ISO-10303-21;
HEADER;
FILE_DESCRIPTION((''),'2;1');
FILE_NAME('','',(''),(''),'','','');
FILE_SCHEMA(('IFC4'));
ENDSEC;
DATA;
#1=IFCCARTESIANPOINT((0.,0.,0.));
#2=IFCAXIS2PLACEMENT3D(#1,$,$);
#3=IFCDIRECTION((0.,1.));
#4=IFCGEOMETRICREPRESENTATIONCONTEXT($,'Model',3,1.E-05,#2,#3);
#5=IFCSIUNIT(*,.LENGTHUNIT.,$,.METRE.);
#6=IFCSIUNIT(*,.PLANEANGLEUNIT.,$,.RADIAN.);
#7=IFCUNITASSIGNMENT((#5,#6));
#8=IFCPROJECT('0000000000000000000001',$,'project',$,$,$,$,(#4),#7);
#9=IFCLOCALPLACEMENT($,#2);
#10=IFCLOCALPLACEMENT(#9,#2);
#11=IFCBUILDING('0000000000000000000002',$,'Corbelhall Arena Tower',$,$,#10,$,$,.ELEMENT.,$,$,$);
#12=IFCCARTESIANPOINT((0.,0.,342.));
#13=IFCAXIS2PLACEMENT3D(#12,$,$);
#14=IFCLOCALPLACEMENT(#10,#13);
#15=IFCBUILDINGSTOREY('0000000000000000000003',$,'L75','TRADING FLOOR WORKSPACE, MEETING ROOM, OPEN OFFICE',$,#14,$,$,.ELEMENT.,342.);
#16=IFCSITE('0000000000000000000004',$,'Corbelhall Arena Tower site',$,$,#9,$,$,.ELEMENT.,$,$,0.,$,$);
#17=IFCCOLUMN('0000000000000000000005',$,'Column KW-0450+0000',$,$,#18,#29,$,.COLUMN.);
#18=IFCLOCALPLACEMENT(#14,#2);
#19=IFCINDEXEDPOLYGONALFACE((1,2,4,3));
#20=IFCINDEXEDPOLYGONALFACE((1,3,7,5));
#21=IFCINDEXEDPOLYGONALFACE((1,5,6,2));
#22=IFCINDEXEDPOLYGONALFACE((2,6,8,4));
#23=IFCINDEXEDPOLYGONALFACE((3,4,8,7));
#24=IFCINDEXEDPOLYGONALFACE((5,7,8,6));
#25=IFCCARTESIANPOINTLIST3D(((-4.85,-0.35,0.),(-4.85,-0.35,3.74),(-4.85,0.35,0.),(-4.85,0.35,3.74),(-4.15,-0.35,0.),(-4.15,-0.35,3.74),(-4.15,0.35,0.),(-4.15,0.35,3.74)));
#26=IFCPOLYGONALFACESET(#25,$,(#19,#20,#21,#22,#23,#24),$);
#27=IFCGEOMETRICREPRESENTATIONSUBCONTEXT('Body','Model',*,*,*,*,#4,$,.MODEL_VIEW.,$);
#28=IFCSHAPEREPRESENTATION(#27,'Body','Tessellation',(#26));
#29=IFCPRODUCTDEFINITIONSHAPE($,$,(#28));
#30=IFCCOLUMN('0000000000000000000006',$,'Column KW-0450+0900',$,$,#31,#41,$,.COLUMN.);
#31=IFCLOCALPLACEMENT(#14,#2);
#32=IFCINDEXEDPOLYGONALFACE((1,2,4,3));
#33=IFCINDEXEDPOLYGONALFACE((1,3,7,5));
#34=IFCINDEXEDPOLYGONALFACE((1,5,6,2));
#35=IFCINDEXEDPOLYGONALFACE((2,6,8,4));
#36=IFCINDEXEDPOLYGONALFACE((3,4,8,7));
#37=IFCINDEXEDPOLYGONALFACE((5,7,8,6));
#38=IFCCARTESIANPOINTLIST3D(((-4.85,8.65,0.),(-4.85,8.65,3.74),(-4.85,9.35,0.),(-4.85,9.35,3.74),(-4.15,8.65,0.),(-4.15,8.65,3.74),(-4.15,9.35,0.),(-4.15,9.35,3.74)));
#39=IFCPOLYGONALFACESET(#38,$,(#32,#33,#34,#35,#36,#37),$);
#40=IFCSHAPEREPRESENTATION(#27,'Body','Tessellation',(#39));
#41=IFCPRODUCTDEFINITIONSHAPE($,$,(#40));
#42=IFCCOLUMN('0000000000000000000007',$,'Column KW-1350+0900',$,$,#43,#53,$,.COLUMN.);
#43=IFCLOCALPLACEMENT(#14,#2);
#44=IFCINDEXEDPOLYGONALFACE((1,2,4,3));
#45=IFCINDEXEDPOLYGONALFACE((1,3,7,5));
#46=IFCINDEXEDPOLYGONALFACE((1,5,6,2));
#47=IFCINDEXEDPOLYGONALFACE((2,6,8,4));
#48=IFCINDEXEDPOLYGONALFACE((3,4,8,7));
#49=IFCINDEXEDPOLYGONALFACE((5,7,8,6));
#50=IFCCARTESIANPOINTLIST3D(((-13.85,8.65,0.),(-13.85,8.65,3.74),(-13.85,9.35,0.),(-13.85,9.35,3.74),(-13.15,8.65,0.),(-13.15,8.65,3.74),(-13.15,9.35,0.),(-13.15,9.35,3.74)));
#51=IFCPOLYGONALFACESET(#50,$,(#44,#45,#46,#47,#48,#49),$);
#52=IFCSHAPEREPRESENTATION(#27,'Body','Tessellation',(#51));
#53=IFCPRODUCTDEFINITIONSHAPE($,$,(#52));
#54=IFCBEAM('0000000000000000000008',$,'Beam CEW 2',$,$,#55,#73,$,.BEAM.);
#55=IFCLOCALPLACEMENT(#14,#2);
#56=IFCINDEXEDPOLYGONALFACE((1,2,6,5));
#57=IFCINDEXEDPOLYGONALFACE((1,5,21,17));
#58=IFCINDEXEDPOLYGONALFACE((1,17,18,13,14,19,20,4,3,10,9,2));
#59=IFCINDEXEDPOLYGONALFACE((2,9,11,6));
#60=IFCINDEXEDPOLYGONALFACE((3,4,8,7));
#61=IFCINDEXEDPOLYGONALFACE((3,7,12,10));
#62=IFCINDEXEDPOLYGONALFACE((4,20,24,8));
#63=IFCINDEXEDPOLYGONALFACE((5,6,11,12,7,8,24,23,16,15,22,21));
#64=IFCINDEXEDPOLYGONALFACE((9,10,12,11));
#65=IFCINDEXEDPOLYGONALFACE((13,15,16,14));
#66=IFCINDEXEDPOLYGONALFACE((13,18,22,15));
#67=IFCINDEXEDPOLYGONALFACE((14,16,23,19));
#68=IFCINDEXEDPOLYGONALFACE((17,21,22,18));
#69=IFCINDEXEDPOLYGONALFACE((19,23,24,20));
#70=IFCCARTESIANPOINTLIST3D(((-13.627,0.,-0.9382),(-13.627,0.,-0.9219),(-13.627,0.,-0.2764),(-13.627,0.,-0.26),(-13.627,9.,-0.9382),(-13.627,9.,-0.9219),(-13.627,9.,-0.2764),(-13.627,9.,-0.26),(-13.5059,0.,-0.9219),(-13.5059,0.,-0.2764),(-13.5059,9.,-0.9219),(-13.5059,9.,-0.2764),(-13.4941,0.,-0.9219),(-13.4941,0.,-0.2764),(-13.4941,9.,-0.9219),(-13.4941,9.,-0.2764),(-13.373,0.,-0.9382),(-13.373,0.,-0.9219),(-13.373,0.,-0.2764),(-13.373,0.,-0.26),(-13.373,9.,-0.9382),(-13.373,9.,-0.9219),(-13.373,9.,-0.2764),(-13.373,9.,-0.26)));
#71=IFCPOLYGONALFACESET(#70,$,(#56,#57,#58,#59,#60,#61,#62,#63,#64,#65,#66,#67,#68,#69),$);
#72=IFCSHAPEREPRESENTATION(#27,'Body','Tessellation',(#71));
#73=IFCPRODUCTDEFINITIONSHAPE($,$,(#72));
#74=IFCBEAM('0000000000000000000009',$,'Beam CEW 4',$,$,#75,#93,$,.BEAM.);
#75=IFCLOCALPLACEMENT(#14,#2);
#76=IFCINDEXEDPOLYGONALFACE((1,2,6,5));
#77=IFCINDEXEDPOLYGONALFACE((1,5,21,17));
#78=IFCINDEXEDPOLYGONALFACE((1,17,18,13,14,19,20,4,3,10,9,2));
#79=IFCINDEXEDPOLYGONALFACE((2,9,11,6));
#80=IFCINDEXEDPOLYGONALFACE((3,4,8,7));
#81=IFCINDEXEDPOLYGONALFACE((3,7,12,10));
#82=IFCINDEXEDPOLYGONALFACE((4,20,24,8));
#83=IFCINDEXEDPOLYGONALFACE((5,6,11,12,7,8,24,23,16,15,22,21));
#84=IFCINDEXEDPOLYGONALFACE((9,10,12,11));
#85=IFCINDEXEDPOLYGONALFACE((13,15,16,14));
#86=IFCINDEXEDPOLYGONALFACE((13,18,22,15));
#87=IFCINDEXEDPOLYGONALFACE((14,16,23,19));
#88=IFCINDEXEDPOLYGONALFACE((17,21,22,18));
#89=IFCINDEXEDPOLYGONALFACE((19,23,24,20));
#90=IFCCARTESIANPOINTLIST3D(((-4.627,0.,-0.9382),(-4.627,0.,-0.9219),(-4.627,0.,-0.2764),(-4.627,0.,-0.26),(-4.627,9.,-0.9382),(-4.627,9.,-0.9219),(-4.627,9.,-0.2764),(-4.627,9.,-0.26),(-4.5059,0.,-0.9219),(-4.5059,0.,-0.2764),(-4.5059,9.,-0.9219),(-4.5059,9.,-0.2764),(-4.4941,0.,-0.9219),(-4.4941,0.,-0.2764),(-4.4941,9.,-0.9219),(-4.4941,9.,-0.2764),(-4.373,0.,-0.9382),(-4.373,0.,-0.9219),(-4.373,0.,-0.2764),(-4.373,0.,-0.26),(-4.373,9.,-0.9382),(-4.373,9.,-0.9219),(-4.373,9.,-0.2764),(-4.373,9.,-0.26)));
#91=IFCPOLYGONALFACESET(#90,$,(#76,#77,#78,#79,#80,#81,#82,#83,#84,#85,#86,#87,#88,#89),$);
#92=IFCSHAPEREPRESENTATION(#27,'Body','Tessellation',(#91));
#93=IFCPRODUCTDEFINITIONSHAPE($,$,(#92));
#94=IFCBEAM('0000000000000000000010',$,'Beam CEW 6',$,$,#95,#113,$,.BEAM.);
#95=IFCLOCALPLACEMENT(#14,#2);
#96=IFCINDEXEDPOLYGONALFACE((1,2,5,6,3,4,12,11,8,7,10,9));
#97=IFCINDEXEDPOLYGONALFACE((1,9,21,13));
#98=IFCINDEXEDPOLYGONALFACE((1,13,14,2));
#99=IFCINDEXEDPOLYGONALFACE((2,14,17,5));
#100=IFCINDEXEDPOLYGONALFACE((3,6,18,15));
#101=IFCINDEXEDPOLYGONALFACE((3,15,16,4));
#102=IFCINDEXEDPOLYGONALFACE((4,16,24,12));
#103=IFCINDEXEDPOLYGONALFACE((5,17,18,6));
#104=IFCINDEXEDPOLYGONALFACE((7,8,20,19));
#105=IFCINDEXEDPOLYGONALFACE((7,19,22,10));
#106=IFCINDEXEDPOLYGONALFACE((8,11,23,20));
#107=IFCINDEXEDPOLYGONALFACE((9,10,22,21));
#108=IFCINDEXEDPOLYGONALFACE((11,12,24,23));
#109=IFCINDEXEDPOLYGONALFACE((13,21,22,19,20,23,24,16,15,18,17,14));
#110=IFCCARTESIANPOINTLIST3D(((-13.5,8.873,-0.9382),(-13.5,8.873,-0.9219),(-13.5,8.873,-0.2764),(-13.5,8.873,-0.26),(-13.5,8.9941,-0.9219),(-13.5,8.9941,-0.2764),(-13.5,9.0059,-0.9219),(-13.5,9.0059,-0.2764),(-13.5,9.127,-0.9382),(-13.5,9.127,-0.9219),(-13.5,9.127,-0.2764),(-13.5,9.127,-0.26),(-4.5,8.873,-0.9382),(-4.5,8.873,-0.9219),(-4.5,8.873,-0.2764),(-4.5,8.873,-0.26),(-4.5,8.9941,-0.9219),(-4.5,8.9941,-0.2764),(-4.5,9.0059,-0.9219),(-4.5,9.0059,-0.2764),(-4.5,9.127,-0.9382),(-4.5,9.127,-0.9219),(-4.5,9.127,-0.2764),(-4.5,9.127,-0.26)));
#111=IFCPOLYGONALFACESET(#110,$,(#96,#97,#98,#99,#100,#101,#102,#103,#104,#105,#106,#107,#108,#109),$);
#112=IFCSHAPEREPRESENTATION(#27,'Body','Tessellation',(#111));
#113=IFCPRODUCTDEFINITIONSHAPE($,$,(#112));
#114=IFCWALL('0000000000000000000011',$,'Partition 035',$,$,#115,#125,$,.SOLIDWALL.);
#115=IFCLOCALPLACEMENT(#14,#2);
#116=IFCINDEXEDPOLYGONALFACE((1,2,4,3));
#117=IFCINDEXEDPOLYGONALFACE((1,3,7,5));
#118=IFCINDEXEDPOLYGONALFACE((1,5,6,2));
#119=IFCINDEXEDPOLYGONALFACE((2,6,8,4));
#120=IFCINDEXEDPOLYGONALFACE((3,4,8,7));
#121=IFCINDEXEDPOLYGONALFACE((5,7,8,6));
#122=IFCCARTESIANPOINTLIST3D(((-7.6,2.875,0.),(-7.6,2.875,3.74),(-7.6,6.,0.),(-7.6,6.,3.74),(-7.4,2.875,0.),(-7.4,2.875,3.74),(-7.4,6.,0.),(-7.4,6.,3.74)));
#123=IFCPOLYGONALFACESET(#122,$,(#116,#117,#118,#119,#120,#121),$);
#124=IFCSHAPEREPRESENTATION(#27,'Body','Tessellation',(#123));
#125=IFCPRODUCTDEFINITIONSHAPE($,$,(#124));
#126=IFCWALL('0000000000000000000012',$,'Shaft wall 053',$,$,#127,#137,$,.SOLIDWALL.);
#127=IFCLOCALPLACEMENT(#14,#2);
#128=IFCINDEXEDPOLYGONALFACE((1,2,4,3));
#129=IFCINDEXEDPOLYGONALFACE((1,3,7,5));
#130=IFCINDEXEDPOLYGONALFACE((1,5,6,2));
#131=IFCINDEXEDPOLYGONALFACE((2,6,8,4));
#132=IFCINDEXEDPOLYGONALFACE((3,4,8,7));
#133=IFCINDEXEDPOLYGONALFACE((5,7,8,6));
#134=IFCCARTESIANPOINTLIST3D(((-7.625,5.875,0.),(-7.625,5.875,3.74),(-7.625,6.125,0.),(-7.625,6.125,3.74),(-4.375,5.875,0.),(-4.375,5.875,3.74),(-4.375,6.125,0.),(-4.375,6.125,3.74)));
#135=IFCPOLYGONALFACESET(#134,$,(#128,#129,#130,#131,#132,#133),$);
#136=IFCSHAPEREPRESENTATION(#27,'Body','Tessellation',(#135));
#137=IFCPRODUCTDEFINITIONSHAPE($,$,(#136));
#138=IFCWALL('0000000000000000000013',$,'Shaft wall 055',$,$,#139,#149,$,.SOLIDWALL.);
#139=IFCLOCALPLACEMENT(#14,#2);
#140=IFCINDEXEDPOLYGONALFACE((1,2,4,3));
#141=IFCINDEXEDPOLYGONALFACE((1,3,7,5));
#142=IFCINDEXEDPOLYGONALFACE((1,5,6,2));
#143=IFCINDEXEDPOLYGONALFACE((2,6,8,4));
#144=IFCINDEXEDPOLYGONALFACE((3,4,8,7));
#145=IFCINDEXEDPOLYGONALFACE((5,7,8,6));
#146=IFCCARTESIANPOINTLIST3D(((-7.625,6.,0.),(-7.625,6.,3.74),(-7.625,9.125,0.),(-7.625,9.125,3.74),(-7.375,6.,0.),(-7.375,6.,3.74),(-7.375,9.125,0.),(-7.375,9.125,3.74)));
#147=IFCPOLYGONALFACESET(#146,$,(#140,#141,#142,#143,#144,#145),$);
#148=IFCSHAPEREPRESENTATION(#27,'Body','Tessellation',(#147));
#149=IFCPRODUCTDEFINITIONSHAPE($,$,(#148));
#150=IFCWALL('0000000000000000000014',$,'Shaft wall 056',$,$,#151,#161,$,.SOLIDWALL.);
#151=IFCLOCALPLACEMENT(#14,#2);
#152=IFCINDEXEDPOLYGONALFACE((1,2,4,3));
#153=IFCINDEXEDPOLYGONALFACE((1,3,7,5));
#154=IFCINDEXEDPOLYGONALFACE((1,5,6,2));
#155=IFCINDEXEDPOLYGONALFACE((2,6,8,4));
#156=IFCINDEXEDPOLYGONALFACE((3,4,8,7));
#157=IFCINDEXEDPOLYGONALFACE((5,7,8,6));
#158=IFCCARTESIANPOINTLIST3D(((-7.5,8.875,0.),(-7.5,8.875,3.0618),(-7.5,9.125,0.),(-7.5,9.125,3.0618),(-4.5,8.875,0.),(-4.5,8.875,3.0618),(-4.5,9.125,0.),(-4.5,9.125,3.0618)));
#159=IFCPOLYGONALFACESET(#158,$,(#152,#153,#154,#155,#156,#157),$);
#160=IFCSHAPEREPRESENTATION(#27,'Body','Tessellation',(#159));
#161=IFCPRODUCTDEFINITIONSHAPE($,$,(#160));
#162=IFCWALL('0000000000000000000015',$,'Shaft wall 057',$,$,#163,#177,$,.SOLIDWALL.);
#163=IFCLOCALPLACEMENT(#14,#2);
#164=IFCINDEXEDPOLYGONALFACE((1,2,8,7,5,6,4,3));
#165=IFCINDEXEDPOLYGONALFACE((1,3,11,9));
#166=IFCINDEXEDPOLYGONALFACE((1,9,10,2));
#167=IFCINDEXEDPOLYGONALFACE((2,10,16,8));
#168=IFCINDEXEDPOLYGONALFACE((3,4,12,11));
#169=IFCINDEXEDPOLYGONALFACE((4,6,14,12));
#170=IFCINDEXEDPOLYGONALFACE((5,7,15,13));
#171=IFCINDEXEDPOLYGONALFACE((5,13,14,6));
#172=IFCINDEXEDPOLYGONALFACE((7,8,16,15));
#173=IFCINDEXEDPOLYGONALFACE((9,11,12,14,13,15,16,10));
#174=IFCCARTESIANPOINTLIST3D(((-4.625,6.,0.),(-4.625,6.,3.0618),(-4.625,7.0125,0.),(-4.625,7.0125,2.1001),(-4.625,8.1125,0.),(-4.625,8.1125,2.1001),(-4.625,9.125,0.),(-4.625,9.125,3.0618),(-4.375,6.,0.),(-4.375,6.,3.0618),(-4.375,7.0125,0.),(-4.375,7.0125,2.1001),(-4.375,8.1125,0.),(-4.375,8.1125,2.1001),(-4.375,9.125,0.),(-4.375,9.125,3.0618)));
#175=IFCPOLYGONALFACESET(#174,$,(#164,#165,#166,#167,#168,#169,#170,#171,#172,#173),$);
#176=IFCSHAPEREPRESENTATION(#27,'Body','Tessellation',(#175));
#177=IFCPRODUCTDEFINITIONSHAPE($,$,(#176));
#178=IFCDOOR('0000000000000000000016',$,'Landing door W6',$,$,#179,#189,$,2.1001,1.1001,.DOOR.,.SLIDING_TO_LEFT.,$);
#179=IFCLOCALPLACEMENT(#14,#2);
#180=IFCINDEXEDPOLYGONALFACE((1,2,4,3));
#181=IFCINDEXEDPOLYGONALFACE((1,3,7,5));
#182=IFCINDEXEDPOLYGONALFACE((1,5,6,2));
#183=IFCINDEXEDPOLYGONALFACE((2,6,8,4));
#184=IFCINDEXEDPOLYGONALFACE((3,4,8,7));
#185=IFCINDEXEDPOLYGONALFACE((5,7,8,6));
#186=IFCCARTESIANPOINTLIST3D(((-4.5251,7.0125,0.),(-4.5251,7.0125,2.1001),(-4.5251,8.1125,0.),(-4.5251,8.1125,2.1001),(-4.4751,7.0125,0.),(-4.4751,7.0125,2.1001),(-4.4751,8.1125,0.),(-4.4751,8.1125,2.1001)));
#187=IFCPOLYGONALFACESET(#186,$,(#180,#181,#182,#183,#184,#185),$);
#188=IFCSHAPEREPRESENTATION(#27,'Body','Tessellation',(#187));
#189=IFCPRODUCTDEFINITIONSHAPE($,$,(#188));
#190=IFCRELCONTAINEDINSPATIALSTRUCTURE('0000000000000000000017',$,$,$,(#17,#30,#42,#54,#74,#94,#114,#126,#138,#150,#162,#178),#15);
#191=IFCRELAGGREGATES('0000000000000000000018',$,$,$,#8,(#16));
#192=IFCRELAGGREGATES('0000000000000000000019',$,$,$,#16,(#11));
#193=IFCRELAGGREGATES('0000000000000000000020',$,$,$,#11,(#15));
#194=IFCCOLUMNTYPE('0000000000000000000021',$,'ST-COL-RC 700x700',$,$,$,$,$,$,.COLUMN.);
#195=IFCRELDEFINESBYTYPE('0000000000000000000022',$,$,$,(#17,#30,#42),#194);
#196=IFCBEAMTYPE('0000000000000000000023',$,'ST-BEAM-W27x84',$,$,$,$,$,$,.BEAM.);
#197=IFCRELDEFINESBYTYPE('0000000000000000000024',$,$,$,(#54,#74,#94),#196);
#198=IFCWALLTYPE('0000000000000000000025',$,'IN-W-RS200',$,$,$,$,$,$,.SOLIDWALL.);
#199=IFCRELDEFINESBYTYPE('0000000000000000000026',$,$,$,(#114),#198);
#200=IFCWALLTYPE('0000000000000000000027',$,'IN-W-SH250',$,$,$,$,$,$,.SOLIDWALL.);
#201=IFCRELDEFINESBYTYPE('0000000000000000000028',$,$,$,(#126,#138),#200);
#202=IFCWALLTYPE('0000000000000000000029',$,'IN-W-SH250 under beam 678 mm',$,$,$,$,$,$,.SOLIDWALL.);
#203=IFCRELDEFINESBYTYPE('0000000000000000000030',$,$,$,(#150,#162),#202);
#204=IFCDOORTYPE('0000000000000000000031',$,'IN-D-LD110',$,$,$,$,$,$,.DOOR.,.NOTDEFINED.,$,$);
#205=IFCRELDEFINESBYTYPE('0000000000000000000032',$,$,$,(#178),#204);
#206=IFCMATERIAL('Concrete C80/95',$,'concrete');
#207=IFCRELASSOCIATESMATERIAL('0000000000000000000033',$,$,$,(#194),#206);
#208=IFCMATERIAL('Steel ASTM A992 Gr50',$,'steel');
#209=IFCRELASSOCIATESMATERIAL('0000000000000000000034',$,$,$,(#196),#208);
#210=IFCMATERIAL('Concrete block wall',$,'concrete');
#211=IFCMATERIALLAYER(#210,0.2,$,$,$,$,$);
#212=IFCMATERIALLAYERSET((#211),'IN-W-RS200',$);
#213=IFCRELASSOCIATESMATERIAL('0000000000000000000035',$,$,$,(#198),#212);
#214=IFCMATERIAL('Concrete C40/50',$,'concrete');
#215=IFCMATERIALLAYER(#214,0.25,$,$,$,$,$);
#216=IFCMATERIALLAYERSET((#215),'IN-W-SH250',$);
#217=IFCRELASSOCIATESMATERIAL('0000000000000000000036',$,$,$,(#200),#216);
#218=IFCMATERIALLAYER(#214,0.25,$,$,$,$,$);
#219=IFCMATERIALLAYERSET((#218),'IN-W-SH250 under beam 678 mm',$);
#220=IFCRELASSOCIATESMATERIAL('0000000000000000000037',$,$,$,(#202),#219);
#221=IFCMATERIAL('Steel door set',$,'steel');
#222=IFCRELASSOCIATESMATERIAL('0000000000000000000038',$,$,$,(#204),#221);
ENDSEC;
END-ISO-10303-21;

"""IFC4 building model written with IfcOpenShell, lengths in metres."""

from ifc_helpers import new_model, si_unit, direction, frame, frame_2d, origin, origin_2d, place, context, subcontext, project, spatial, rectangle, i_section, extrude, material, layer, layer_set, material_profile, profile_set, type_object, element, fill, save


model = new_model("IFC4")

# Units and contexts
model_context = context("Model", 3, precision=1e-05, world=origin(), true_north=direction((0.0, 1.0)))
body_context = subcontext(model_context, "Body", "Model", "MODEL_VIEW")
ifc_project = project(units=[si_unit("LENGTHUNIT", "METRE"), si_unit("PLANEANGLEUNIT", "RADIAN")], contexts=[model_context])

# Site, building, storey
site_placement = place(None, origin())
site = spatial("IfcSite", under=ifc_project, at=site_placement, Name="Corbelhall Arena Tower site", CompositionType="ELEMENT", RefElevation=0.0)
building_placement = place(site_placement, origin())
building = spatial("IfcBuilding", under=site, at=building_placement, Name="Corbelhall Arena Tower", CompositionType="ELEMENT")
storey_placement = place(building_placement, frame((0.0, 0.0, 342.0)))
storey = spatial("IfcBuildingStorey", under=building, at=storey_placement, Name="L75", Description="TRADING FLOOR WORKSPACE, MEETING ROOM, OPEN OFFICE", CompositionType="ELEMENT", Elevation=342.0)

# Columns
ifc_material_1 = material(Name="Concrete C80/95", Category="concrete")
ifc_material_profile_1 = material_profile(ifc_material_1, rectangle(XDim=0.7, YDim=0.7, at=origin_2d()))
ifc_profile_set_1 = profile_set([ifc_material_profile_1], Name="Concrete C80/95")
column_type = type_object("IfcColumnType", Name="ST-COL-RC 700x700", PredefinedType="COLUMN", material=ifc_profile_set_1)
for number, where, z_axis, x_axis, name in (
    (1, (-4.5, 0.0, 0.0), (0.0, 0.0, 1.0), (1.0, 0.0, 0.0), "Column KW-0450+0000"),
    (2, (-4.5, 9.0, 0.0), (0.0, 0.0, 1.0), (1.0, 0.0, 0.0), "Column KW-0450+0900"),
    (3, (-13.5, 9.0, 0.0), (0.0, 0.0, 1.0), (1.0, 0.0, 0.0), "Column KW-1350+0900"),
):
    element("IfcColumn", number, at=place(storey_placement, frame(where, z_axis=z_axis, x_axis=x_axis)), inside=storey, type_object=column_type, Name=name, PredefinedType="COLUMN", context=body_context, shape_type="SweptSolid", body=[
        extrude(rectangle(XDim=0.7, YDim=0.7, at=origin_2d()), origin(), (0.0, 0.0, 1.0), 3.74),
    ])

# Beams
ifc_material_2 = material(Name="Steel ASTM A992 Gr50", Category="steel")
ifc_material_profile_2 = material_profile(ifc_material_2, i_section(OverallWidth=0.2539, OverallDepth=0.6782, WebThickness=0.0117, FlangeThickness=0.0164, at=origin_2d()))
ifc_profile_set_2 = profile_set([ifc_material_profile_2], Name="Steel ASTM A992 Gr50")
beam_type = type_object("IfcBeamType", Name="ST-BEAM-W27x84", PredefinedType="BEAM", material=ifc_profile_set_2)
for number, where, z_axis, x_axis, name in (
    (4, (-13.5, 0.0, -0.5991), (0.0, 1.0, 0.0), (-1.0, 0.0, 0.0), "Beam CEW 2"),
    (5, (-4.5, 0.0, -0.5991), (0.0, 1.0, 0.0), (-1.0, 0.0, 0.0), "Beam CEW 4"),
    (6, (-13.5, 9.0, -0.5991), (1.0, 0.0, 0.0), (0.0, 1.0, 0.0), "Beam CEW 6"),
):
    element("IfcBeam", number, at=place(storey_placement, frame(where, z_axis=z_axis, x_axis=x_axis)), inside=storey, type_object=beam_type, Name=name, PredefinedType="BEAM", context=body_context, shape_type="SweptSolid", body=[
        extrude(i_section(OverallWidth=0.2539, OverallDepth=0.6782, WebThickness=0.0117, FlangeThickness=0.0164, at=origin_2d()), origin(), (0.0, 0.0, 1.0), 9.0),
    ])

# Wall
ifc_material_3 = material(Name="Concrete block wall", Category="concrete")
ifc_layer_1 = layer(ifc_material_3, 0.2)
ifc_layer_set_1 = layer_set([ifc_layer_1], Name="IN-W-RS200")
wall_type_1 = type_object("IfcWallType", Name="IN-W-RS200", PredefinedType="SOLIDWALL", material=ifc_layer_set_1)
wall_1_placement = place(storey_placement, frame((-7.5, 2.875, 0.0), z_axis=(0.0, 0.0, 1.0), x_axis=(0.0, 1.0, 0.0)))
element("IfcWall", 7, at=wall_1_placement, inside=storey, type_object=wall_type_1, Name="Partition 035", PredefinedType="SOLIDWALL", context=body_context, shape_type="SweptSolid", body=[
    extrude(rectangle(XDim=3.125, YDim=0.2, at=frame_2d((1.5625, 0.0))), origin(), (0.0, 0.0, 1.0), 3.74),
])

# Shared definitions
ifc_material_4 = material(Name="Steel door set", Category="steel")

# Walls
ifc_material_5 = material(Name="Concrete C40/50", Category="concrete")
ifc_layer_2 = layer(ifc_material_5, 0.25)
ifc_layer_set_2 = layer_set([ifc_layer_2], Name="IN-W-SH250")
wall_type_2 = type_object("IfcWallType", Name="IN-W-SH250", PredefinedType="SOLIDWALL", material=ifc_layer_set_2)
wall_2_placement = place(storey_placement, frame((-7.625, 6.0, 0.0), z_axis=(0.0, 0.0, 1.0), x_axis=(1.0, 0.0, 0.0)))
element("IfcWall", 8, at=wall_2_placement, inside=storey, type_object=wall_type_2, Name="Shaft wall 053", PredefinedType="SOLIDWALL", context=body_context, shape_type="SweptSolid", body=[
    extrude(rectangle(XDim=3.25, YDim=0.25, at=frame_2d((1.625, 0.0))), origin(), (0.0, 0.0, 1.0), 3.74),
])
wall_3_placement = place(storey_placement, frame((-7.5, 6.0, 0.0), z_axis=(0.0, 0.0, 1.0), x_axis=(0.0, 1.0, 0.0)))
element("IfcWall", 9, at=wall_3_placement, inside=storey, type_object=wall_type_2, Name="Shaft wall 055", PredefinedType="SOLIDWALL", context=body_context, shape_type="SweptSolid", body=[
    extrude(rectangle(XDim=3.125, YDim=0.25, at=frame_2d((1.5625, 0.0))), origin(), (0.0, 0.0, 1.0), 3.74),
])
ifc_layer_3 = layer(ifc_material_5, 0.25)
ifc_layer_set_3 = layer_set([ifc_layer_3], Name="IN-W-SH250 under beam 678 mm")
wall_type_3 = type_object("IfcWallType", Name="IN-W-SH250 under beam 678 mm", PredefinedType="SOLIDWALL", material=ifc_layer_set_3)
wall_4_placement = place(storey_placement, frame((-7.5, 9.0, 0.0), z_axis=(0.0, 0.0, 1.0), x_axis=(1.0, 0.0, 0.0)))
element("IfcWall", 10, at=wall_4_placement, inside=storey, type_object=wall_type_3, Name="Shaft wall 056", PredefinedType="SOLIDWALL", context=body_context, shape_type="SweptSolid", body=[
    extrude(rectangle(XDim=3.0, YDim=0.25, at=frame_2d((1.5, 0.0))), origin(), (0.0, 0.0, 1.0), 3.0618),
])

# Wall, opening, door
wall_5_placement = place(storey_placement, frame((-4.5, 9.125, 0.0), z_axis=(0.0, 0.0, 1.0), x_axis=(0.0, -1.0, 0.0)))
wall_5 = element("IfcWall", 11, at=wall_5_placement, inside=storey, type_object=wall_type_3, Name="Shaft wall 057", PredefinedType="SOLIDWALL", context=body_context, shape_type="SweptSolid", body=[
    extrude(rectangle(XDim=3.125, YDim=0.25, at=frame_2d((1.5625, 0.0))), origin(), (0.0, 0.0, 1.0), 3.0618),
])
opening_1_placement = place(wall_5_placement, frame((1.0125, 0.0, 0.0)))
opening_1 = element("IfcOpeningElement", 12, at=opening_1_placement, cuts=wall_5, PredefinedType="OPENING", context=body_context, shape_type="SweptSolid", body=[
    extrude(rectangle(XDim=1.1001, YDim=2.1001, at=frame_2d((0.55, 1.05))), frame((0.0, 0.125, 0.0), z_axis=(0.0, -1.0, 0.0), x_axis=(1.0, 0.0, 0.0)), (0.0, 0.0, 1.0), 0.25),
])
door_type_1 = type_object("IfcDoorType", Name="IN-D-LD110", OperationType="NOTDEFINED", PredefinedType="DOOR", material=ifc_material_4)
door_1_placement = place(opening_1_placement, origin())
door_1 = element("IfcDoor", 13, at=door_1_placement, inside=storey, type_object=door_type_1, Name="Landing door W6", OperationType="SLIDING_TO_LEFT", OverallHeight=2.1001, OverallWidth=1.1001, PredefinedType="DOOR", context=body_context, shape_type="SweptSolid", body=[
    extrude(rectangle(XDim=1.1001, YDim=2.1001, at=frame_2d((0.55, 1.05))), frame((0.0, 0.0249, 0.0), z_axis=(0.0, -1.0, 0.0), x_axis=(1.0, 0.0, 0.0)), (0.0, 0.0, 1.0), 0.05),
])
fill(opening_1, door_1)

save(model, "model.ifc")
